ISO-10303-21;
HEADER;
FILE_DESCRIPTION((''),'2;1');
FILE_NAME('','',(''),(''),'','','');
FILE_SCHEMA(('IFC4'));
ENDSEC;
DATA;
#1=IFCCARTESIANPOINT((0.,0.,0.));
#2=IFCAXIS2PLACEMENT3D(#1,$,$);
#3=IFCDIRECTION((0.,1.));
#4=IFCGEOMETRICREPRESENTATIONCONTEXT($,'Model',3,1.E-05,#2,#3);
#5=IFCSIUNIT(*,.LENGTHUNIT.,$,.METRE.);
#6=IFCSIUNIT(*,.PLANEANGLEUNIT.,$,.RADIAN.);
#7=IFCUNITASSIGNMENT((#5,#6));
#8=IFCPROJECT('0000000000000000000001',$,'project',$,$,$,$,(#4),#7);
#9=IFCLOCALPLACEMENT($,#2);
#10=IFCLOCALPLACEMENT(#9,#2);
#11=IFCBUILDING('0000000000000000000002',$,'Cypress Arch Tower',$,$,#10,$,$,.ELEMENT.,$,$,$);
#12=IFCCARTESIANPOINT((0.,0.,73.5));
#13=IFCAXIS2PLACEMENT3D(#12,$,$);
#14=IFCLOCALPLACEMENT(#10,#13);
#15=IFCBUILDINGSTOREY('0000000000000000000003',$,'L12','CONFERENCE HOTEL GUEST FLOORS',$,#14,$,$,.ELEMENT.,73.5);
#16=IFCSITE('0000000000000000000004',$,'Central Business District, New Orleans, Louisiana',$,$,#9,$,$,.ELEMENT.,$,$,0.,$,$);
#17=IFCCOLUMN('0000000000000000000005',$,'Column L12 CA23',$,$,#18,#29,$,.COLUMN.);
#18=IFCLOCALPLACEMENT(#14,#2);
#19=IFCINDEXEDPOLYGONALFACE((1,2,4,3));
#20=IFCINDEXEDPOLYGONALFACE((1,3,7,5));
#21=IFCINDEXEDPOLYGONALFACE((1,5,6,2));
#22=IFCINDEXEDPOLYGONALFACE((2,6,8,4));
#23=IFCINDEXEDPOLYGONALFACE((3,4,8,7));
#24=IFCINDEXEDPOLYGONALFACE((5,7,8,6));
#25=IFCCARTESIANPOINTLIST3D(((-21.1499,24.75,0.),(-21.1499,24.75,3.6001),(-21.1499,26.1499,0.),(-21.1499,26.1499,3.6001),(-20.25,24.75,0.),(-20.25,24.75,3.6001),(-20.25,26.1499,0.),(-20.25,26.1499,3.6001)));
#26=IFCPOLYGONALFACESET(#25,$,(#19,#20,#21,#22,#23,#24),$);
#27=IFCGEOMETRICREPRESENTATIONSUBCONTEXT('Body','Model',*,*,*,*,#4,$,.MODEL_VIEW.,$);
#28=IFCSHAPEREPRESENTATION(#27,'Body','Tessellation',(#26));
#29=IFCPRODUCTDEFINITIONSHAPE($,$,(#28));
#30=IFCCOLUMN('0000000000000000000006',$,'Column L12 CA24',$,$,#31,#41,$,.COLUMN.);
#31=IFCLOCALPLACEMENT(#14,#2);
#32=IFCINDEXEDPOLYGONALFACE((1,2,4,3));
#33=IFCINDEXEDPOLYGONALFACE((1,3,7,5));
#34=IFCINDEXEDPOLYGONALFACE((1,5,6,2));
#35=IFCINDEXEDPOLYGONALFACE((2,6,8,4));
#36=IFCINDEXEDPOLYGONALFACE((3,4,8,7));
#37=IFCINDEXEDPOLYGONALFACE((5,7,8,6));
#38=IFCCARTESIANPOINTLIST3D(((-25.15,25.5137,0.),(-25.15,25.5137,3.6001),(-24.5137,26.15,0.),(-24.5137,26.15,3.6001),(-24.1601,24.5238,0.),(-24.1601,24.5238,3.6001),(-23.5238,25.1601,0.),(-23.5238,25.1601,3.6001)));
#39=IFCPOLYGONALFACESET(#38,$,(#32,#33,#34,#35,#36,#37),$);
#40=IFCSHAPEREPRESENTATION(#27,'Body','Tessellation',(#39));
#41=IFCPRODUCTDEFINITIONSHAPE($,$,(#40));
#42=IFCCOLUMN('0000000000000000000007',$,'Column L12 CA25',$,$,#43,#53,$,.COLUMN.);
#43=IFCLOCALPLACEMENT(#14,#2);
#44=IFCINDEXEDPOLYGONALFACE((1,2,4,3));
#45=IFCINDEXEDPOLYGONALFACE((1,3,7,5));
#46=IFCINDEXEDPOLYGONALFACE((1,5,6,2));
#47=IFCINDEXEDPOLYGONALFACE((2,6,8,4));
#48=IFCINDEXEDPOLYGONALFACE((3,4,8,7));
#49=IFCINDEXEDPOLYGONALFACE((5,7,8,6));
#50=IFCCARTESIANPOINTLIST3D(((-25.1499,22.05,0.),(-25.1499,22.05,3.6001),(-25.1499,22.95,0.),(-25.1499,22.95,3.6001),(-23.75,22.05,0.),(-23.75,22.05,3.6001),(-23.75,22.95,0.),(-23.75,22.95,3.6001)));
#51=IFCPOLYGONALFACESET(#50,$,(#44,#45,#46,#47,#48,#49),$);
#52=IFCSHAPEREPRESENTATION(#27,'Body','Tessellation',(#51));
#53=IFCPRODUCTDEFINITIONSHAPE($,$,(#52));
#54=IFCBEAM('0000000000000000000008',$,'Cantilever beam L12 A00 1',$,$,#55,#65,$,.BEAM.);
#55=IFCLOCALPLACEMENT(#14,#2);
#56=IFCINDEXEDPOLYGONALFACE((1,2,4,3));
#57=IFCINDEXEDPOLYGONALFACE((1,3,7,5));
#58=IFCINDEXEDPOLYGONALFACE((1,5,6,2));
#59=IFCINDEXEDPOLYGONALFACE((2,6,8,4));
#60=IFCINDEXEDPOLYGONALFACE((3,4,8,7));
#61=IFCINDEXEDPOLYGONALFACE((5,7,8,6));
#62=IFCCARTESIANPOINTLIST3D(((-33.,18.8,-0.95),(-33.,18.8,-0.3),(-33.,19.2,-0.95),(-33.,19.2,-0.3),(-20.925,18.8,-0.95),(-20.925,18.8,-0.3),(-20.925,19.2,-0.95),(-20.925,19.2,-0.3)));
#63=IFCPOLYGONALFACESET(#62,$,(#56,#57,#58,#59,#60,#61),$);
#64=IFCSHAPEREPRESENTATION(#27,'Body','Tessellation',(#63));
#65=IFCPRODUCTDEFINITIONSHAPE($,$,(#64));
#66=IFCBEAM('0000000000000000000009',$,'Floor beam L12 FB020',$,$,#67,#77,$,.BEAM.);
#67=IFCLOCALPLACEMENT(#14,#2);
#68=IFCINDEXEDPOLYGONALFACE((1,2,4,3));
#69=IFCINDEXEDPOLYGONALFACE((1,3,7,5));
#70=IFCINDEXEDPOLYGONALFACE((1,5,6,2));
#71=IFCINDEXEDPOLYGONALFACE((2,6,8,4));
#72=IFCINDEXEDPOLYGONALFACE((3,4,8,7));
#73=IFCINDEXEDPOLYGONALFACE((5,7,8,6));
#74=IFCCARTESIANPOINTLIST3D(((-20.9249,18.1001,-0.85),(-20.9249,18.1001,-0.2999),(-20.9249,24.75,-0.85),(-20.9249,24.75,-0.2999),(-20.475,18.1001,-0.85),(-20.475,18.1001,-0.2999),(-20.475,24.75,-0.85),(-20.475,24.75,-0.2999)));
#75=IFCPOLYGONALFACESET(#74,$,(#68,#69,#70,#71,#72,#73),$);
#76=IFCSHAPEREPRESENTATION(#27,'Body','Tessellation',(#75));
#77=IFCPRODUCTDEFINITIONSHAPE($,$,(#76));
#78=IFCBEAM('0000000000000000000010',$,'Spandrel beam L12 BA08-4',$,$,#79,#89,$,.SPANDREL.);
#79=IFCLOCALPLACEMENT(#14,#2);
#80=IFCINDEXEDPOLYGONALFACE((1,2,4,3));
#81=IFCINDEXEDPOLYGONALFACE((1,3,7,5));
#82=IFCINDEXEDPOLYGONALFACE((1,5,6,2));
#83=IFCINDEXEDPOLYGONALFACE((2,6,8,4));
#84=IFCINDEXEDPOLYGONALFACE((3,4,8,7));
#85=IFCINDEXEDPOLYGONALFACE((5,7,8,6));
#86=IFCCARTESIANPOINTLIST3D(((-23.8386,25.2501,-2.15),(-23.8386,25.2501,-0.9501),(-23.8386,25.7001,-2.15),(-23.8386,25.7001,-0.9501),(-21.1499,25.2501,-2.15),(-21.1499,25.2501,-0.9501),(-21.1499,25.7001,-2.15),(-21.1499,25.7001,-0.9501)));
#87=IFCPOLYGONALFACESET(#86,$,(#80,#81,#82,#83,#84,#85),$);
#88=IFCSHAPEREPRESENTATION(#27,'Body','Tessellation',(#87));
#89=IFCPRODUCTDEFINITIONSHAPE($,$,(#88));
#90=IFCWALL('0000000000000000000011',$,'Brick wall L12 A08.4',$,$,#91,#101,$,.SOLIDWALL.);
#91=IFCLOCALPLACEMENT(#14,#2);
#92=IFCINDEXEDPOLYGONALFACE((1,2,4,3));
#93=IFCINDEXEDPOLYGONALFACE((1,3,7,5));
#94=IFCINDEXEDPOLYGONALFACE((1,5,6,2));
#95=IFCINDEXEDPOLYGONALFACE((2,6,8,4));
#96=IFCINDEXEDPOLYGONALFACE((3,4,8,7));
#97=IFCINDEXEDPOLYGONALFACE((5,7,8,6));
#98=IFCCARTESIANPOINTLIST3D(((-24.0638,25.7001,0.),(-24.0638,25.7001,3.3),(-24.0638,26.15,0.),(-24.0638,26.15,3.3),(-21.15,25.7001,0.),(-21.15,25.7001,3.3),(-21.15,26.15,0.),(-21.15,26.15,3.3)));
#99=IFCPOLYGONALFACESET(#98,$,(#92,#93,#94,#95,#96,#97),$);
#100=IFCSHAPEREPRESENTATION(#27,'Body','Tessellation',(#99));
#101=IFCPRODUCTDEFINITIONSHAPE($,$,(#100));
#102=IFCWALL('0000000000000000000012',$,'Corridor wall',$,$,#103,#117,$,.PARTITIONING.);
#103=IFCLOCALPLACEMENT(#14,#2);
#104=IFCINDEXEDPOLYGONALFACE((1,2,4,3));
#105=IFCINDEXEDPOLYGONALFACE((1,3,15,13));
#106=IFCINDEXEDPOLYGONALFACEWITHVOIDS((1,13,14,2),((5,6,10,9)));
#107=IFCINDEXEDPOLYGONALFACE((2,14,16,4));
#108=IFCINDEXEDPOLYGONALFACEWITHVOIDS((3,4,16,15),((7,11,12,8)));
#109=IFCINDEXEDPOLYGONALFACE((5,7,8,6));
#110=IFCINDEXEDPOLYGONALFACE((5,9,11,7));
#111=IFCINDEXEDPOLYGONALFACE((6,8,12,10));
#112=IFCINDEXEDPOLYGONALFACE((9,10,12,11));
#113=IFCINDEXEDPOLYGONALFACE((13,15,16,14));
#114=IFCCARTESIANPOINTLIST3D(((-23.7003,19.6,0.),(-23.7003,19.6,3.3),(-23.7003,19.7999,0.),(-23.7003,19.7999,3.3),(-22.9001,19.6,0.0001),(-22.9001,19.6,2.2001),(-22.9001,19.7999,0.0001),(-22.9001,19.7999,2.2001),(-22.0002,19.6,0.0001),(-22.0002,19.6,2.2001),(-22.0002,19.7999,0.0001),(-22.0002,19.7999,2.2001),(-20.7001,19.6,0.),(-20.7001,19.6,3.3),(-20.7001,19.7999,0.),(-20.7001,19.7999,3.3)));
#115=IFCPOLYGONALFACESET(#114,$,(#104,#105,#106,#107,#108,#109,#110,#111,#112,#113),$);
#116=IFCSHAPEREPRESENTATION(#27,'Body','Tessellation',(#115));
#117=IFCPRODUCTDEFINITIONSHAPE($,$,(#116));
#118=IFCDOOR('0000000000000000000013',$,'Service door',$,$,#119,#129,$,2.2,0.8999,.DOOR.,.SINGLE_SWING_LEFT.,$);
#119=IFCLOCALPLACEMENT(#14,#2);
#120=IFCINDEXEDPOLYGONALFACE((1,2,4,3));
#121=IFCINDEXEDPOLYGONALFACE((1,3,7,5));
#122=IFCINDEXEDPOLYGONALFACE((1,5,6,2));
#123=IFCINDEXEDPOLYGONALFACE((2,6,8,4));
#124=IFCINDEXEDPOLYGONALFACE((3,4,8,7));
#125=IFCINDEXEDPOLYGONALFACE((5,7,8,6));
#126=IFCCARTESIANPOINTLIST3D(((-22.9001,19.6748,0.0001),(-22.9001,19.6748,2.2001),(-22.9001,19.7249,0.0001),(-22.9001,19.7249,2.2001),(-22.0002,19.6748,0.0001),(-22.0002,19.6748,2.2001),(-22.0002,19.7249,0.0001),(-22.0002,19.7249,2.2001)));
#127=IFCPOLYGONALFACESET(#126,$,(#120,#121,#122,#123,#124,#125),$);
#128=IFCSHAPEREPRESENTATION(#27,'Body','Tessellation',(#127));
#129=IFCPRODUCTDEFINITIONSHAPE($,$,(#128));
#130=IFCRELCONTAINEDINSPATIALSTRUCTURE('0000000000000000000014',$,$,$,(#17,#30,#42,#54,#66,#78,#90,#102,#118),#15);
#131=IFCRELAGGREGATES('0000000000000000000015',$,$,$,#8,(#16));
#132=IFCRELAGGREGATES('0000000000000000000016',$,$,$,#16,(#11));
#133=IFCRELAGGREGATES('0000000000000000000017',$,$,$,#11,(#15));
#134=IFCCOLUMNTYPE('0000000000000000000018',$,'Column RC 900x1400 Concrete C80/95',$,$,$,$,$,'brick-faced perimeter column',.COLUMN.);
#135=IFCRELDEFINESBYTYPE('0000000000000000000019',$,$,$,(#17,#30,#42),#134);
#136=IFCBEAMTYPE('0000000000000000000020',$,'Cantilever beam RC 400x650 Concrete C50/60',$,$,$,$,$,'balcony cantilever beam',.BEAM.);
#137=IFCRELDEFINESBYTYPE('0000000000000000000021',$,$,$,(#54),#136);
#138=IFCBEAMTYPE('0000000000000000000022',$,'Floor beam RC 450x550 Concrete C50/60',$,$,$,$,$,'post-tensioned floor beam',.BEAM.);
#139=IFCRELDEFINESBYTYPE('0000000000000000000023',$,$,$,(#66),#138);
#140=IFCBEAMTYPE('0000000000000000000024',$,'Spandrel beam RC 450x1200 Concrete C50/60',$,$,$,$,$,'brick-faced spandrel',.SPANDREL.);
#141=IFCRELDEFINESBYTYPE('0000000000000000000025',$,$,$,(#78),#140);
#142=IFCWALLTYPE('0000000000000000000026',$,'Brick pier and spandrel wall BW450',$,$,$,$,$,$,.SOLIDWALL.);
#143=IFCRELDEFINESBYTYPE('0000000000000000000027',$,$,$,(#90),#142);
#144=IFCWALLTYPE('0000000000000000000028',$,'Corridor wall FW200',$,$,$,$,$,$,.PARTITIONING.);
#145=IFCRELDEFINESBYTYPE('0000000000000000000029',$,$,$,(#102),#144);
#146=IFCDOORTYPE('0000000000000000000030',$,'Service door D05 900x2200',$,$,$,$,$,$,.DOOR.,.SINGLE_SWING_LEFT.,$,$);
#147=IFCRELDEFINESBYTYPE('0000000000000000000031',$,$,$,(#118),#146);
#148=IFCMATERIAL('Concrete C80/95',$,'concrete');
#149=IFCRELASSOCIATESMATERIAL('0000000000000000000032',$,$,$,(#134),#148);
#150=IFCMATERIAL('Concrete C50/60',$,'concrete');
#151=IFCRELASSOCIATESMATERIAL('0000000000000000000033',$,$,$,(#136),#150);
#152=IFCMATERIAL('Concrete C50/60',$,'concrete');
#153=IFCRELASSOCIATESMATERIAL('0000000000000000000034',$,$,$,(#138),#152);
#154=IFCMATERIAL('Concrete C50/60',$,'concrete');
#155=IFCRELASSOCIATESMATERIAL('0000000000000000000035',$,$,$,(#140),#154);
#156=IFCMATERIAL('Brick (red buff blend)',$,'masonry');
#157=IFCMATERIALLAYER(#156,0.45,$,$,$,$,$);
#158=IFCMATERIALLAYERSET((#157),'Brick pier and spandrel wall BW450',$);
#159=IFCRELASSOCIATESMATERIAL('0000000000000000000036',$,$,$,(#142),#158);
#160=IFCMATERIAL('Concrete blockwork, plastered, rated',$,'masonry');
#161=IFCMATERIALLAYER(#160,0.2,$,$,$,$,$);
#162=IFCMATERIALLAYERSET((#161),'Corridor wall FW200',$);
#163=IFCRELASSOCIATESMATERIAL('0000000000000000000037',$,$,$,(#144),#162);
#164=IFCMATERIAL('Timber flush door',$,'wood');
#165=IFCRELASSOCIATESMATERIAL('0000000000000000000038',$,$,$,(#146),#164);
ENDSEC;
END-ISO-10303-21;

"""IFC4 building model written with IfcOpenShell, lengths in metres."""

from ifc_helpers import new_model, si_unit, direction, frame, frame_2d, origin, origin_2d, place, context, subcontext, project, spatial, rectangle, extrude, material, layer, layer_set, material_profile, profile_set, type_object, element, fill, save


model = new_model("IFC4")

# Units and contexts
model_context = context("Model", 3, precision=1e-05, world=origin(), true_north=direction((0.0, 1.0)))
body_context = subcontext(model_context, "Body", "Model", "MODEL_VIEW")
ifc_project = project(units=[si_unit("LENGTHUNIT", "METRE"), si_unit("PLANEANGLEUNIT", "RADIAN")], contexts=[model_context])

# Site, building, storey
site_placement = place(None, origin())
site = spatial("IfcSite", under=ifc_project, at=site_placement, Name="Central Business District, New Orleans, Louisiana", CompositionType="ELEMENT", RefElevation=0.0)
building_placement = place(site_placement, origin())
building = spatial("IfcBuilding", under=site, at=building_placement, Name="Cypress Arch Tower", CompositionType="ELEMENT")
storey_placement = place(building_placement, frame((0.0, 0.0, 73.5)))
storey = spatial("IfcBuildingStorey", under=building, at=storey_placement, Name="L12", Description="CONFERENCE HOTEL GUEST FLOORS", CompositionType="ELEMENT", Elevation=73.5)

# Columns
ifc_material_1 = material(Name="Concrete C80/95", Category="concrete")
ifc_material_profile_1 = material_profile(ifc_material_1, rectangle(XDim=0.8999, YDim=1.3999, at=origin_2d()), Name="RC 900x1400")
ifc_profile_set_1 = profile_set([ifc_material_profile_1], Name="Concrete C80/95")
column_type = type_object("IfcColumnType", Name="Column RC 900x1400 Concrete C80/95", ElementType="brick-faced perimeter column", PredefinedType="COLUMN", material=ifc_profile_set_1)
for number, where, z_axis, x_axis, name in (
    (1, (-20.7, 25.45, 0.0), (0.0, 0.0, 1.0), (-1.0, 0.0, 0.0), "Column L12 CA23"),
    (2, (-24.3369, 25.3369, 0.0), (0.0, 0.0, 1.0), (-0.707107, -0.707107, 0.0), "Column L12 CA24"),
    (3, (-24.45, 22.5, 0.0), (0.0, 0.0, 1.0), (0.0, -1.0, 0.0), "Column L12 CA25"),
):
    element("IfcColumn", number, at=place(storey_placement, frame(where, z_axis=z_axis, x_axis=x_axis)), inside=storey, type_object=column_type, Name=name, PredefinedType="COLUMN", context=body_context, shape_type="SweptSolid", body=[
        extrude(rectangle(XDim=0.8999, YDim=1.3999, at=origin_2d()), origin(), (0.0, 0.0, 1.0), 3.6001),
    ])

# Beams
ifc_material_2 = material(Name="Concrete C50/60", Category="concrete")
ifc_material_profile_2 = material_profile(ifc_material_2, rectangle(XDim=0.3999, YDim=0.6499, at=origin_2d()), Name="RC 400x650")
ifc_profile_set_2 = profile_set([ifc_material_profile_2], Name="Concrete C50/60")
beam_type_1 = type_object("IfcBeamType", Name="Cantilever beam RC 400x650 Concrete C50/60", ElementType="balcony cantilever beam", PredefinedType="BEAM", material=ifc_profile_set_2)
beam_1_placement = place(storey_placement, frame((-20.925, 19.0, -0.625), z_axis=(-1.0, 0.0, 0.0), x_axis=(0.0, -1.0, 0.0)))
element("IfcBeam", 4, at=beam_1_placement, inside=storey, type_object=beam_type_1, Name="Cantilever beam L12 A00 1", PredefinedType="BEAM", context=body_context, shape_type="SweptSolid", body=[
    extrude(rectangle(XDim=0.3999, YDim=0.6499, at=origin_2d()), origin(), (0.0, 0.0, 1.0), 12.075),
])
ifc_material_3 = material(Name="Concrete C50/60", Category="concrete")
ifc_material_profile_3 = material_profile(ifc_material_3, rectangle(XDim=0.45, YDim=0.55, at=origin_2d()), Name="RC 450x550")
ifc_profile_set_3 = profile_set([ifc_material_profile_3], Name="Concrete C50/60")
beam_type_2 = type_object("IfcBeamType", Name="Floor beam RC 450x550 Concrete C50/60", ElementType="post-tensioned floor beam", PredefinedType="BEAM", material=ifc_profile_set_3)
beam_2_placement = place(storey_placement, frame((-20.7, 18.1001, -0.575), z_axis=(0.0, 1.0, 0.0), x_axis=(-1.0, 0.0, 0.0)))
element("IfcBeam", 5, at=beam_2_placement, inside=storey, type_object=beam_type_2, Name="Floor beam L12 FB020", PredefinedType="BEAM", context=body_context, shape_type="SweptSolid", body=[
    extrude(rectangle(XDim=0.45, YDim=0.55, at=origin_2d()), origin(), (0.0, 0.0, 1.0), 6.6499),
])
ifc_material_4 = material(Name="Concrete C50/60", Category="concrete")
ifc_material_profile_4 = material_profile(ifc_material_4, rectangle(XDim=0.45, YDim=1.2, at=origin_2d()), Name="RC 450x1200")
ifc_profile_set_4 = profile_set([ifc_material_profile_4], Name="Concrete C50/60")
beam_type_3 = type_object("IfcBeamType", Name="Spandrel beam RC 450x1200 Concrete C50/60", ElementType="brick-faced spandrel", PredefinedType="SPANDREL", material=ifc_profile_set_4)
beam_3_placement = place(storey_placement, frame((-21.1499, 25.4751, -1.55), z_axis=(-1.0, 0.0, 0.0), x_axis=(0.0, -1.0, 0.0)))
element("IfcBeam", 6, at=beam_3_placement, inside=storey, type_object=beam_type_3, Name="Spandrel beam L12 BA08-4", PredefinedType="SPANDREL", context=body_context, shape_type="SweptSolid", body=[
    extrude(rectangle(XDim=0.45, YDim=1.2, at=origin_2d()), origin(), (0.0, 0.0, 1.0), 2.6887),
])

# Wall
ifc_material_5 = material(Name="Brick (red buff blend)", Category="masonry")
ifc_layer_1 = layer(ifc_material_5, 0.45)
ifc_layer_set_1 = layer_set([ifc_layer_1], Name="Brick pier and spandrel wall BW450")
wall_type_1 = type_object("IfcWallType", Name="Brick pier and spandrel wall BW450", PredefinedType="SOLIDWALL", material=ifc_layer_set_1)
wall_1_placement = place(storey_placement, frame((-21.1499, 25.925, 0.0), z_axis=(0.0, 0.0, 1.0), x_axis=(-1.0, 0.0, 0.0)))
element("IfcWall", 7, at=wall_1_placement, inside=storey, type_object=wall_type_1, Name="Brick wall L12 A08.4", PredefinedType="SOLIDWALL", context=body_context, shape_type="SweptSolid", body=[
    extrude(rectangle(XDim=2.9138, YDim=0.45, at=frame_2d((1.457, 0.0))), origin(), (0.0, 0.0, 1.0), 3.3),
])

# Wall, opening, door
ifc_material_6 = material(Name="Concrete blockwork, plastered, rated", Category="masonry")
ifc_layer_2 = layer(ifc_material_6, 0.2)
ifc_layer_set_2 = layer_set([ifc_layer_2], Name="Corridor wall FW200")
wall_type_2 = type_object("IfcWallType", Name="Corridor wall FW200", PredefinedType="PARTITIONING", material=ifc_layer_set_2)
wall_2_placement = place(storey_placement, frame((-23.7002, 19.7, 0.0), z_axis=(0.0, 0.0, 1.0), x_axis=(1.0, 0.0, 0.0)))
wall_2 = element("IfcWall", 8, at=wall_2_placement, inside=storey, type_object=wall_type_2, Name="Corridor wall", PredefinedType="PARTITIONING", context=body_context, shape_type="SweptSolid", body=[
    extrude(rectangle(XDim=3.0002, YDim=0.2, at=frame_2d((1.5, 0.0))), origin(), (0.0, 0.0, 1.0), 3.3),
])
opening_1_placement = place(wall_2_placement, frame((0.8, 0.0, 0.0)))
opening_1 = element("IfcOpeningElement", 9, at=opening_1_placement, cuts=wall_2, PredefinedType="OPENING", context=body_context, shape_type="SweptSolid", body=[
    extrude(rectangle(XDim=0.8999, YDim=2.2, at=frame_2d((0.45, 1.1001))), frame((0.0, 0.1099, 0.0), z_axis=(0.0, -1.0, 0.0), x_axis=(1.0, 0.0, 0.0)), (0.0, 0.0, 1.0), 0.22),
])
ifc_material_7 = material(Name="Timber flush door", Category="wood")
door_type_1 = type_object("IfcDoorType", Name="Service door D05 900x2200", OperationType="SINGLE_SWING_LEFT", PredefinedType="DOOR", material=ifc_material_7)
door_1_placement = place(opening_1_placement, origin())
door_1 = element("IfcDoor", 10, at=door_1_placement, inside=storey, type_object=door_type_1, Name="Service door", OperationType="SINGLE_SWING_LEFT", OverallHeight=2.2, OverallWidth=0.8999, PredefinedType="DOOR", context=body_context, shape_type="SweptSolid", body=[
    extrude(rectangle(XDim=0.8999, YDim=2.2, at=frame_2d((0.45, 1.1001))), frame((0.0, 0.0249, 0.0), z_axis=(0.0, -1.0, 0.0), x_axis=(1.0, 0.0, 0.0)), (0.0, 0.0, 1.0), 0.05),
])
fill(opening_1, door_1)

save(model, "model.ifc")
